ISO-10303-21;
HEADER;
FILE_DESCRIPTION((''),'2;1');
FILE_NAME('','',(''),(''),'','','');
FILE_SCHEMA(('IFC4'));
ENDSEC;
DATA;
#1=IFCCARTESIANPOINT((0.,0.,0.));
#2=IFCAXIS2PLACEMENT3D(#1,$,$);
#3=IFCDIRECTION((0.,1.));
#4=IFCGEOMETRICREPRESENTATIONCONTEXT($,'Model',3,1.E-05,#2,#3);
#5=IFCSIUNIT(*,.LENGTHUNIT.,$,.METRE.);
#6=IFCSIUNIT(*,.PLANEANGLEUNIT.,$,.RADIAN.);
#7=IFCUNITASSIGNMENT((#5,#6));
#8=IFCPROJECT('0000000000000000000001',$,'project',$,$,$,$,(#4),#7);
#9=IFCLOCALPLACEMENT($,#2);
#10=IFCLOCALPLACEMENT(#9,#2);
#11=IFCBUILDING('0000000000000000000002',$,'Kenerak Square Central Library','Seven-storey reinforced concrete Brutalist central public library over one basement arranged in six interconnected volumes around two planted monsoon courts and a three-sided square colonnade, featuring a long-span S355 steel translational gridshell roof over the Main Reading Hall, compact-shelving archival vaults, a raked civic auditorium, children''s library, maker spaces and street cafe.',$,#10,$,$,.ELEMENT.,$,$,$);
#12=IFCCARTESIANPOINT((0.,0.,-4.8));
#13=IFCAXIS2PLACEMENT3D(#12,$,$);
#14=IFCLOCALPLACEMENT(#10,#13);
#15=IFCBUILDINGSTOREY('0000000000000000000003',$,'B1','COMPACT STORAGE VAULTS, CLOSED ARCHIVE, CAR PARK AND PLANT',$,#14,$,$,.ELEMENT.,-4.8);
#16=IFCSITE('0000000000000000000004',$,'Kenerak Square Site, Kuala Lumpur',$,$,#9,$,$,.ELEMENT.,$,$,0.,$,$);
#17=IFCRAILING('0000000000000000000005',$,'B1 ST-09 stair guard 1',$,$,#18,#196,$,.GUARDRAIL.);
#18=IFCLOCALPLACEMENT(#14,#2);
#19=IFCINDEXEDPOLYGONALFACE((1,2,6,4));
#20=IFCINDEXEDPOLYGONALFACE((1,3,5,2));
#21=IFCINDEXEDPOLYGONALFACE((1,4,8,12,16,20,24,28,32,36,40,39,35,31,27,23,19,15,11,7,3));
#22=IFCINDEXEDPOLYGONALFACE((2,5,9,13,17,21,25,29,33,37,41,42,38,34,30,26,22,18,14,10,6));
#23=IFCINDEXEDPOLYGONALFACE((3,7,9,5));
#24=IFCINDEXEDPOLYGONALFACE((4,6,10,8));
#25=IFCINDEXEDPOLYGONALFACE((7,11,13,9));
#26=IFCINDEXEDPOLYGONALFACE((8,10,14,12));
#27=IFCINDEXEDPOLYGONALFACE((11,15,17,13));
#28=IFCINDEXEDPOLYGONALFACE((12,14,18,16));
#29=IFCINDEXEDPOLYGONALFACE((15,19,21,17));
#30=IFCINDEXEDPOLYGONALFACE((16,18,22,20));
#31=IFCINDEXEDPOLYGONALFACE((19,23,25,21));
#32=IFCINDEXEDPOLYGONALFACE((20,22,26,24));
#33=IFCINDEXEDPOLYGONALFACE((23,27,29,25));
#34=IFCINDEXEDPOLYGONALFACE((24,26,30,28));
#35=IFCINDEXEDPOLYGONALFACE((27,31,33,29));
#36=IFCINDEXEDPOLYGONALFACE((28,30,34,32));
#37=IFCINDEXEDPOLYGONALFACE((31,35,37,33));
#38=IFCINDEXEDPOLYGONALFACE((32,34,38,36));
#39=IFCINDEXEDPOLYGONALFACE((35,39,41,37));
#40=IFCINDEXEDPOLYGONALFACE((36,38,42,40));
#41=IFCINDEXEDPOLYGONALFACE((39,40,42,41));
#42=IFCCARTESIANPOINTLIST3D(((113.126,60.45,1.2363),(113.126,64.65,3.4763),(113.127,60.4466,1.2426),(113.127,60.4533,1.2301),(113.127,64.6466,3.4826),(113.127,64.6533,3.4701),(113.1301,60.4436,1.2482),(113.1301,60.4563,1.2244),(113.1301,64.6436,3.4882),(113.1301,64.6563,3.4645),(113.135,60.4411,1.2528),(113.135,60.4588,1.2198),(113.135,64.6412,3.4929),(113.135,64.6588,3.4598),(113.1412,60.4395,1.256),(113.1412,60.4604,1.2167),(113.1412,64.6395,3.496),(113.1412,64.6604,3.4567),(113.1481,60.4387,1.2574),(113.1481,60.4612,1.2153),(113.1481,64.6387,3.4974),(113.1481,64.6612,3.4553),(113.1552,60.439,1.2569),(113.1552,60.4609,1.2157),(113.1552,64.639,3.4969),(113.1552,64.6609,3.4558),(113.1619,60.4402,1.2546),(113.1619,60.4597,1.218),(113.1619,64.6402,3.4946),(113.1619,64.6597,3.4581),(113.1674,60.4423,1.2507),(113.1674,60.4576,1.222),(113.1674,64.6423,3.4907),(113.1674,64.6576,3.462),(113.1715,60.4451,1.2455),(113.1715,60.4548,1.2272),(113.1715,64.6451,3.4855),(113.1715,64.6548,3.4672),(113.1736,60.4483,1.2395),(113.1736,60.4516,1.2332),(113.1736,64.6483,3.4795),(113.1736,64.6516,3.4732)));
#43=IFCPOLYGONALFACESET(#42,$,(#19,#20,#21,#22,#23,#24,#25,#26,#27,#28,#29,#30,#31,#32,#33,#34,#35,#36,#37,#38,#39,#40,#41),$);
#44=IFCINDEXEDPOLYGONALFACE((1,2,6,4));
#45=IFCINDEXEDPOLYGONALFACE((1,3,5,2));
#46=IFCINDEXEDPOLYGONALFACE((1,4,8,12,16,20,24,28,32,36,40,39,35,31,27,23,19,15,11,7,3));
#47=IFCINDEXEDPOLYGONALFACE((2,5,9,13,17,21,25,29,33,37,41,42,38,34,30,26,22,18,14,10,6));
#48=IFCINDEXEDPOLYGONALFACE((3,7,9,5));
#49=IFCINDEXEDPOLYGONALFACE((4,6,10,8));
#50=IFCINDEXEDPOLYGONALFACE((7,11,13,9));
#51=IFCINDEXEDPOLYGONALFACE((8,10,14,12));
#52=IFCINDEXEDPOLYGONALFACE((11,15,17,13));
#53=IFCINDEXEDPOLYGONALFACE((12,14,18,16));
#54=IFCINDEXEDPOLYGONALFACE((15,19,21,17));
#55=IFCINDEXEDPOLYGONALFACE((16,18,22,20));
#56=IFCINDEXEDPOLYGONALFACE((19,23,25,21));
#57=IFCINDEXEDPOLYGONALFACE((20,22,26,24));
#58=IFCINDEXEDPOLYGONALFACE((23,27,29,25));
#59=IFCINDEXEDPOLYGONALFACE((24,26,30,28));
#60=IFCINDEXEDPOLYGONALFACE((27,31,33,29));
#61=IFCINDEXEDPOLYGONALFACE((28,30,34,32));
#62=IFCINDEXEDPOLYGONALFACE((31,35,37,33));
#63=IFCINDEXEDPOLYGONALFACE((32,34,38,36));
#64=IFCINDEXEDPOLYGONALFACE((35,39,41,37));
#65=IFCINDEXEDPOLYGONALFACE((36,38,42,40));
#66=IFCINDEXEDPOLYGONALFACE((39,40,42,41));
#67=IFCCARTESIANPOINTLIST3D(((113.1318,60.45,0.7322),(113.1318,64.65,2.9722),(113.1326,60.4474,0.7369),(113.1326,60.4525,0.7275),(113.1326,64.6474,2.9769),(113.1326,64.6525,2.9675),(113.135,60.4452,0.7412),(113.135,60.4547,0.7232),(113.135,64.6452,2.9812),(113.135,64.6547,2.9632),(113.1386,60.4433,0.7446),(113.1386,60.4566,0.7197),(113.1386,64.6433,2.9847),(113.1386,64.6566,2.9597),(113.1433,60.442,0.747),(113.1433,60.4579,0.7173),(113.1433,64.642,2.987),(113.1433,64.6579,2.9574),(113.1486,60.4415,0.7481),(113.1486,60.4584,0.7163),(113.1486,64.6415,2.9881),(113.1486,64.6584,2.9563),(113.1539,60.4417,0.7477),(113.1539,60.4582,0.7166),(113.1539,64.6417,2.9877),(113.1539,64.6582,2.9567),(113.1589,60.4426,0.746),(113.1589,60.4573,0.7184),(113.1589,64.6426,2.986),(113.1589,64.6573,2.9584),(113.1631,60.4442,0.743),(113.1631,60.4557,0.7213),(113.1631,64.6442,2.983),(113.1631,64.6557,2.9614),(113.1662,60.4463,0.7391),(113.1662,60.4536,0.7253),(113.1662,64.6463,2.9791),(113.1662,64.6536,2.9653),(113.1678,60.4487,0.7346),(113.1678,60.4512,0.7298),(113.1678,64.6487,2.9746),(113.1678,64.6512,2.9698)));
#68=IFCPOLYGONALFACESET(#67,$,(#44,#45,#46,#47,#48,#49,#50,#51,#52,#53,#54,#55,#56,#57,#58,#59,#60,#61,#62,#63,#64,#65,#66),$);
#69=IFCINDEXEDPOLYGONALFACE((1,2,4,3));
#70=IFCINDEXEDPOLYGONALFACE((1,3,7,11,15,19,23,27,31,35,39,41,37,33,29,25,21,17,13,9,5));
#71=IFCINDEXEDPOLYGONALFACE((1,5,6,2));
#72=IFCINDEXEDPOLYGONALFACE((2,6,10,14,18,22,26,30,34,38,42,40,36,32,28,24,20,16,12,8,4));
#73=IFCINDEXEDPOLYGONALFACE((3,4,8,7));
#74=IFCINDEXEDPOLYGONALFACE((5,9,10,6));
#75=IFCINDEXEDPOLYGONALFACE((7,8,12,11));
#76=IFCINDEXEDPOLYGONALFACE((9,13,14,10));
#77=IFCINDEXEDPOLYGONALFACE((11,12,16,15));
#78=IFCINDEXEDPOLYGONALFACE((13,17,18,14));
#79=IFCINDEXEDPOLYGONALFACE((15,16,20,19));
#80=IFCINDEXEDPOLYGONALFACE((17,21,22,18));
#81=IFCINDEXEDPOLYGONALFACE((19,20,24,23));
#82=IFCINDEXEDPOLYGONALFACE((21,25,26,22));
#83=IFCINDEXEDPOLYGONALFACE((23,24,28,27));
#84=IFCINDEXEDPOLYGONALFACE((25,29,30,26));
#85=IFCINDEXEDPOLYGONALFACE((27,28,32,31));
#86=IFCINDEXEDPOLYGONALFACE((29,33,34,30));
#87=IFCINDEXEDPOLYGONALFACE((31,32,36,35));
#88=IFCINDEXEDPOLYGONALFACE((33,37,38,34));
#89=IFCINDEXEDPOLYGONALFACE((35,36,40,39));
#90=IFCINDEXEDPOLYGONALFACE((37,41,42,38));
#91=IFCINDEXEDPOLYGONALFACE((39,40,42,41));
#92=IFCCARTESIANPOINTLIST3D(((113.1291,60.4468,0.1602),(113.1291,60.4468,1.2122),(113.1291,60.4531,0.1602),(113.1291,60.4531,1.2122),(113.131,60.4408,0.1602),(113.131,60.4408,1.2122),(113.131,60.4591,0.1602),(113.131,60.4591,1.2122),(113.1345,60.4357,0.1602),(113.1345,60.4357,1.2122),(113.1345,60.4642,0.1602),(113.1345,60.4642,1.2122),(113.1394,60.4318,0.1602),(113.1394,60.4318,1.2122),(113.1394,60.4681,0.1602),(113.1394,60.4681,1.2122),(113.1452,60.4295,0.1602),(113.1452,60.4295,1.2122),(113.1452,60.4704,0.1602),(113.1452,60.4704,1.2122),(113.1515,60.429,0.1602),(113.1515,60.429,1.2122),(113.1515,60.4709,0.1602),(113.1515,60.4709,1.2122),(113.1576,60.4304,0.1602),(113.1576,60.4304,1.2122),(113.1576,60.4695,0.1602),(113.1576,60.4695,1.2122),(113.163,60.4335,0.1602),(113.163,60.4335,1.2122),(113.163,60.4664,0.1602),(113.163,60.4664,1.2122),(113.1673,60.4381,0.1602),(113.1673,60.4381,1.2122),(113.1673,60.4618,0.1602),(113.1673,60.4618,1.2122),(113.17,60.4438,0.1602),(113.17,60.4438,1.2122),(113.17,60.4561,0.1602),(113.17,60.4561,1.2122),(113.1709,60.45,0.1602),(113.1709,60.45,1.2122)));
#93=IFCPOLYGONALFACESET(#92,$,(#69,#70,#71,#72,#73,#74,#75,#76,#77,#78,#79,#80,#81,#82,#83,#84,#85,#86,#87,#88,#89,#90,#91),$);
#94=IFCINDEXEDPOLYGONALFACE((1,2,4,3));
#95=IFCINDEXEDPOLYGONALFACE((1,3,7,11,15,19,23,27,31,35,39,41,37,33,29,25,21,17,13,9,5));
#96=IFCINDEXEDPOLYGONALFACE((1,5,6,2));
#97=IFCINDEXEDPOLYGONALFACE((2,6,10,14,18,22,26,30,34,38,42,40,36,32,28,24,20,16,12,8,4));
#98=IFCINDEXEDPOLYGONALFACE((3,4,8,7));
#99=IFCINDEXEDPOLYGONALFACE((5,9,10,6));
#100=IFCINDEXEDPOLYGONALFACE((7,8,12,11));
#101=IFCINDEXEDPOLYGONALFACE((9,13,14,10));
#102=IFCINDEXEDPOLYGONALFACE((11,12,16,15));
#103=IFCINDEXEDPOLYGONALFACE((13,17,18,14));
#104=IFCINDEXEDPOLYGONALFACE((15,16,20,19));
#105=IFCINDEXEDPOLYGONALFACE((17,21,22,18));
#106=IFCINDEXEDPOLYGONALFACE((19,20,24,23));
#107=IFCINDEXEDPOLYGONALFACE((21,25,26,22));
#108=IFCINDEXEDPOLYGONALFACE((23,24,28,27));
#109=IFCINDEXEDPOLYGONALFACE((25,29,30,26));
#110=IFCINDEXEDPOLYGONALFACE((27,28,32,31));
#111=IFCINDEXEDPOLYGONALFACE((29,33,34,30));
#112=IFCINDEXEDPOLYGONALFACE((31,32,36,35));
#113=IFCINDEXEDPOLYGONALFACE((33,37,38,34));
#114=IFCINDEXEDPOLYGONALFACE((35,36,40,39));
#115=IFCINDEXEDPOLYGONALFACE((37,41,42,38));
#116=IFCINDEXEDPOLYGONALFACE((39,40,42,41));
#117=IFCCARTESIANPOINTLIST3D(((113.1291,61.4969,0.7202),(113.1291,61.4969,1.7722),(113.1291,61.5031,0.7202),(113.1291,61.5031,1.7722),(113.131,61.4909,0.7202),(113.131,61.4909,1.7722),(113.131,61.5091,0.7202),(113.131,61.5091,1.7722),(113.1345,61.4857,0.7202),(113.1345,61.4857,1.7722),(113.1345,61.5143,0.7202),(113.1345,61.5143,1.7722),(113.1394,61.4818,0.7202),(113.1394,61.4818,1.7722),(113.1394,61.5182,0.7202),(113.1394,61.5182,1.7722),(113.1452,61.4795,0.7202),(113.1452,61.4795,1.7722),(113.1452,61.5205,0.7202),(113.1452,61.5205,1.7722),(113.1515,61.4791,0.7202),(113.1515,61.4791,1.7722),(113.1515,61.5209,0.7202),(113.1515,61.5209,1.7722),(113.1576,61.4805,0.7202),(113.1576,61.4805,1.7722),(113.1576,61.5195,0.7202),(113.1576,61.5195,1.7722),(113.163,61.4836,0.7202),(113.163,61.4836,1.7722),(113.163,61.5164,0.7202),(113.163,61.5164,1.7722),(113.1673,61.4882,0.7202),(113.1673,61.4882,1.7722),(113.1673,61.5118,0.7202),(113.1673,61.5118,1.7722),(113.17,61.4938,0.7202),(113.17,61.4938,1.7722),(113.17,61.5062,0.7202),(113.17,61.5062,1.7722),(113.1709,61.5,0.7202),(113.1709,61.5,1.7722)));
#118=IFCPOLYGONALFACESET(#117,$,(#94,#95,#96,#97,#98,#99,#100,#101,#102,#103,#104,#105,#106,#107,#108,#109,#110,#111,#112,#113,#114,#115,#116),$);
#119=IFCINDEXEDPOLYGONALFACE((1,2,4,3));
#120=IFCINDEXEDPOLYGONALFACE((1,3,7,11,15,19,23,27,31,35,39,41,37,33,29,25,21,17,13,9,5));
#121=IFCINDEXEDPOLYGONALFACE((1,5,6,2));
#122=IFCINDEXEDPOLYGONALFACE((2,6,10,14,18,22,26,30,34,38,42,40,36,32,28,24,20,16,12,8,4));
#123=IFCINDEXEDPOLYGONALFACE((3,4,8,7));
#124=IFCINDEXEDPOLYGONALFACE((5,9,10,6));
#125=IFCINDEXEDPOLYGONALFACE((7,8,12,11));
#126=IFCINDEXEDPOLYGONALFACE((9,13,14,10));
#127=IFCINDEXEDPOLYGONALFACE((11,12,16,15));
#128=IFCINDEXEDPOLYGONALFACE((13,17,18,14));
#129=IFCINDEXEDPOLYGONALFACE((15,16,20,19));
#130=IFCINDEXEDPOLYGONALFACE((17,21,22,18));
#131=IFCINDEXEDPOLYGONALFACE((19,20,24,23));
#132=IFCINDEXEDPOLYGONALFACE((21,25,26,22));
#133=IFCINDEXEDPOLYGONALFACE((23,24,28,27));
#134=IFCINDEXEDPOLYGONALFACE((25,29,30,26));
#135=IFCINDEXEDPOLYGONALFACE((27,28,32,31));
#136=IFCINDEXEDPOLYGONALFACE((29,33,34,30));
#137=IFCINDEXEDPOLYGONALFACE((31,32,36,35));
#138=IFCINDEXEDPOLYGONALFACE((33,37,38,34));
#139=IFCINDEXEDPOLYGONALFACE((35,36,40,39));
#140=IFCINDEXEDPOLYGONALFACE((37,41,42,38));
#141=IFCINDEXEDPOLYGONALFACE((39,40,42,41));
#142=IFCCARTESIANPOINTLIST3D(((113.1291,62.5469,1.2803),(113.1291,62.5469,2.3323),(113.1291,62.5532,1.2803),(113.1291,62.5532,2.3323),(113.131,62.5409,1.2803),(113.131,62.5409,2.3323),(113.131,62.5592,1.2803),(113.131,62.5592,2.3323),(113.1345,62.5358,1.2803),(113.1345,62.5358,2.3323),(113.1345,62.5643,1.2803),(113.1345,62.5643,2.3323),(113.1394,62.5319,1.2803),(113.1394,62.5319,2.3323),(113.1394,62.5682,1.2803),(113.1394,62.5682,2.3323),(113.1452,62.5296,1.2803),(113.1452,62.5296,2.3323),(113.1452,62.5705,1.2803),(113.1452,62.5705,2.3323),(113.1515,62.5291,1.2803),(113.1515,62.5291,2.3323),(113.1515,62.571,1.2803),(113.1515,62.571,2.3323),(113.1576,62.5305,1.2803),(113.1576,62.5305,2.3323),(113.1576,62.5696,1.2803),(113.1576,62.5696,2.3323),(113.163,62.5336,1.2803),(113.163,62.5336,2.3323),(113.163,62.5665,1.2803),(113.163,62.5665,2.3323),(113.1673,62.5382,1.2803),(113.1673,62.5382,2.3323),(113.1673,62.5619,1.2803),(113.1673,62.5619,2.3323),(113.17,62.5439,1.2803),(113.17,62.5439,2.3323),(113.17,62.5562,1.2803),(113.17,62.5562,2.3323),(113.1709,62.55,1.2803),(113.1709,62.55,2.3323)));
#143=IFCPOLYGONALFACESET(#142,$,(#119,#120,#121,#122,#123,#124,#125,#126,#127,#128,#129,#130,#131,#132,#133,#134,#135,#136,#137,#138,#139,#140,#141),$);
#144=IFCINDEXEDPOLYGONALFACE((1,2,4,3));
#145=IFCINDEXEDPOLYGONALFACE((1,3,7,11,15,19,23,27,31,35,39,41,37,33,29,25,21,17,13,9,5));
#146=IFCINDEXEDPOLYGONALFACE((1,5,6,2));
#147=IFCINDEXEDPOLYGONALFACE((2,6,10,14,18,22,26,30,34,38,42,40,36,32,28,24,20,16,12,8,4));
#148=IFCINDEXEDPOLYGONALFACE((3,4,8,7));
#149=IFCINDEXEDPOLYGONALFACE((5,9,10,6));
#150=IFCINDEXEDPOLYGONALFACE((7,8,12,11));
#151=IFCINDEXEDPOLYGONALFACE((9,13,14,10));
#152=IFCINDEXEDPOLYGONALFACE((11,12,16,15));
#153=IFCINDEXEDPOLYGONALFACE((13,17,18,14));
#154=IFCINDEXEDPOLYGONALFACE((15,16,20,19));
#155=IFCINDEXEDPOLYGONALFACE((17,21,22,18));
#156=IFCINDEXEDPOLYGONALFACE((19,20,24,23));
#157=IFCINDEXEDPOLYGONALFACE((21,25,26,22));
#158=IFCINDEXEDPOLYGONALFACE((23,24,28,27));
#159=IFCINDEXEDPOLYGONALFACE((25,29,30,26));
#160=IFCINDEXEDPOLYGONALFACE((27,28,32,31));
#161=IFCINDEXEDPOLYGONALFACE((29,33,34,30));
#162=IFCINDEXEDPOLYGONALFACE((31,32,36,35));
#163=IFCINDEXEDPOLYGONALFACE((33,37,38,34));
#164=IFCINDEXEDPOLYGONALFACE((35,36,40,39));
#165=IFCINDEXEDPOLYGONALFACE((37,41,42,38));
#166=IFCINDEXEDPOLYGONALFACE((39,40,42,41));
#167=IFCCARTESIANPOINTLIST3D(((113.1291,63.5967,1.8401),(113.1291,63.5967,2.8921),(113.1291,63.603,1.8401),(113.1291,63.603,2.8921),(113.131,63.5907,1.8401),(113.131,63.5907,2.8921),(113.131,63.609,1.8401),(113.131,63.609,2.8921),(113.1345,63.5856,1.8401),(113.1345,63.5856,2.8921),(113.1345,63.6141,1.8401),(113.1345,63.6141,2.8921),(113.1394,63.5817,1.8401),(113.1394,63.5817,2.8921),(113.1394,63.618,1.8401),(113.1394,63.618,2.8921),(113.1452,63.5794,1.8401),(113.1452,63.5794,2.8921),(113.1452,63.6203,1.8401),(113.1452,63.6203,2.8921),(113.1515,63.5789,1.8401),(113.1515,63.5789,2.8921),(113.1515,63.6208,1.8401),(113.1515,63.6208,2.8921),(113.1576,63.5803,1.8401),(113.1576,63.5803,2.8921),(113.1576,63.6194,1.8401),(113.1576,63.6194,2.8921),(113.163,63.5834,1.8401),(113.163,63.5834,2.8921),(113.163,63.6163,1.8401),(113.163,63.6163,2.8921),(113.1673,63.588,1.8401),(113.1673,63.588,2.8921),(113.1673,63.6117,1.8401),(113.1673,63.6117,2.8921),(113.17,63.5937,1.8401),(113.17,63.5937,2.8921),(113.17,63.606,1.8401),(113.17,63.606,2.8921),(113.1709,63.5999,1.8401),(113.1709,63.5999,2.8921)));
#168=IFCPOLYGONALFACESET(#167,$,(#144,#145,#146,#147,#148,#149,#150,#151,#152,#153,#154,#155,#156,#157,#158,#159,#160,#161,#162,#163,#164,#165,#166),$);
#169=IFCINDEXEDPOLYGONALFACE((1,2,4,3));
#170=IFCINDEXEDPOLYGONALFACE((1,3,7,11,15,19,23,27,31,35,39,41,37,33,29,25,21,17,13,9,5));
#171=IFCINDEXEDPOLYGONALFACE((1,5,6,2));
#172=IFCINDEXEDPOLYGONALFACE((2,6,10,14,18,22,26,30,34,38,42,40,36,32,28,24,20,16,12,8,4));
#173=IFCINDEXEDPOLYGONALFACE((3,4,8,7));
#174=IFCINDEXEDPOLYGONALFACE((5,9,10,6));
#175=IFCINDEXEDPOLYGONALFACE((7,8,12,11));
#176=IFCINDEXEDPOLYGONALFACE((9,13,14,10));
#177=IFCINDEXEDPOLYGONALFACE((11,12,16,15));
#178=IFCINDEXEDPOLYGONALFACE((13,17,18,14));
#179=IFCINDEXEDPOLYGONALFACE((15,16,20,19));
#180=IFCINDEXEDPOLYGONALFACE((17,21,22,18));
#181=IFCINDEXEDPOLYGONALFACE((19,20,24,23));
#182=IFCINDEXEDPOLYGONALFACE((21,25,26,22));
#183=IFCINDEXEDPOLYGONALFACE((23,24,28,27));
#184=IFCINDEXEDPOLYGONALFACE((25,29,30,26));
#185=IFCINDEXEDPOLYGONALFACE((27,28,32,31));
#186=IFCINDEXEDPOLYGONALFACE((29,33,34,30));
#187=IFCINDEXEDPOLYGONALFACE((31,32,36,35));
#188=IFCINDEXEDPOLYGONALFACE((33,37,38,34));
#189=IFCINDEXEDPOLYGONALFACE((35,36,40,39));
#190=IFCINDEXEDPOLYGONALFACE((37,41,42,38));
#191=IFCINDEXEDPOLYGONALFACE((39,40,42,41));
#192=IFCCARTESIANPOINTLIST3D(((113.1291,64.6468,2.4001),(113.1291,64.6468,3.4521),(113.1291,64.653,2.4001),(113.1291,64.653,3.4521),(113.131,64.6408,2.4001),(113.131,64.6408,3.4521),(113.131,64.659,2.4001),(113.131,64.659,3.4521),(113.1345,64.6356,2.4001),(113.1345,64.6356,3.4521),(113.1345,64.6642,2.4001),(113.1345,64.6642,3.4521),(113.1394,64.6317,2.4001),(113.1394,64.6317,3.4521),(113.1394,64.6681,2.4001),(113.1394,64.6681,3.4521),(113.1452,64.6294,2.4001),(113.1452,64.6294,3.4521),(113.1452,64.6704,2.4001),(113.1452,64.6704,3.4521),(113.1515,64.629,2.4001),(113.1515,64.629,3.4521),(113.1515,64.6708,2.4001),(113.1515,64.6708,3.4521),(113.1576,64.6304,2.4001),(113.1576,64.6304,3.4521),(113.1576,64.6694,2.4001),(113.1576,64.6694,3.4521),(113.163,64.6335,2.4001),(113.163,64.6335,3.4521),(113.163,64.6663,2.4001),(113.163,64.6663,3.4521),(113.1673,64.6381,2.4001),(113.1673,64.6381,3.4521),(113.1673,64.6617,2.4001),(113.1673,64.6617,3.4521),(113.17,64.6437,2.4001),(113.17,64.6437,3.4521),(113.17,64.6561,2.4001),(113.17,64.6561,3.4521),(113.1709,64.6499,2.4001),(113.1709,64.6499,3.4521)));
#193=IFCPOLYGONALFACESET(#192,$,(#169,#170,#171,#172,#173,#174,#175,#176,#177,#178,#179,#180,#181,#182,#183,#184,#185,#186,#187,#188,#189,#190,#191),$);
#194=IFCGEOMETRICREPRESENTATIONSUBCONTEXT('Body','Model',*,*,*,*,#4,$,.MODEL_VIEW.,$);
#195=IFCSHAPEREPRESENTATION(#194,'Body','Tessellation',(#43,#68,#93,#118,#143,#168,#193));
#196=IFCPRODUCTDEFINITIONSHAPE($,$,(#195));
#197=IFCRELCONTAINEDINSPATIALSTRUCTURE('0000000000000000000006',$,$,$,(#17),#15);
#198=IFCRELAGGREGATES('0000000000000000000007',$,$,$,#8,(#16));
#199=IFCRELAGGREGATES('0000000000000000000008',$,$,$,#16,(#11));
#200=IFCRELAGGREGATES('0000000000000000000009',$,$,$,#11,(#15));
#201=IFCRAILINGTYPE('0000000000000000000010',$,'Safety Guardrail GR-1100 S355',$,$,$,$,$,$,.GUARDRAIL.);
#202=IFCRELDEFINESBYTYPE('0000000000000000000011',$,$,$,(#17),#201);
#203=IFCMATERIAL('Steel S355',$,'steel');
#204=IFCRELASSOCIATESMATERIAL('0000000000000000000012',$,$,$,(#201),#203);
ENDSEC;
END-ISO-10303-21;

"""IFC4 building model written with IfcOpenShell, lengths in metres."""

from ifc_helpers import new_model, si_unit, direction, frame, origin, origin_2d, place, context, subcontext, project, spatial, circle, extrude, material, type_object, element, save


model = new_model("IFC4")

# Units and contexts
model_context = context("Model", 3, precision=1e-05, world=origin(), true_north=direction((0.0, 1.0)))
body_context = subcontext(model_context, "Body", "Model", "MODEL_VIEW")
ifc_project = project(units=[si_unit("LENGTHUNIT", "METRE"), si_unit("PLANEANGLEUNIT", "RADIAN")], contexts=[model_context])

# Site, building, storey
site_placement = place(None, origin())
site = spatial("IfcSite", under=ifc_project, at=site_placement, Name="Kenerak Square Site, Kuala Lumpur", CompositionType="ELEMENT", RefElevation=0.0)
building_placement = place(site_placement, origin())
building = spatial("IfcBuilding", under=site, at=building_placement, Name="Kenerak Square Central Library", Description="Seven-storey reinforced concrete Brutalist central public library over one basement arranged in six interconnected volumes around two planted monsoon courts and a three-sided square colonnade, featuring a long-span S355 steel translational gridshell roof over the Main Reading Hall, compact-shelving archival vaults, a raked civic auditorium, children's library, maker spaces and street cafe.", CompositionType="ELEMENT")
storey_placement = place(building_placement, frame((0.0, 0.0, -4.8)))
storey = spatial("IfcBuildingStorey", under=building, at=storey_placement, Name="B1", Description="COMPACT STORAGE VAULTS, CLOSED ARCHIVE, CAR PARK AND PLANT", CompositionType="ELEMENT", Elevation=-4.8)

# Railing
ifc_material_1 = material(Name="Steel S355", Category="steel")
railing_type_1 = type_object("IfcRailingType", Name="Safety Guardrail GR-1100 S355", PredefinedType="GUARDRAIL", material=ifc_material_1)
railing_1_placement = place(storey_placement, frame((113.1499, 60.45, 0.1602)))
element("IfcRailing", 1, at=railing_1_placement, inside=storey, type_object=railing_type_1, Name="B1 ST-09 stair guard 1", PredefinedType="GUARDRAIL", context=body_context, shape_type="SweptSolid", body=[
    extrude(circle(Radius=0.0239, at=origin_2d()), frame((0.0, 0.0, 1.0762), z_axis=(0.0, 0.882352, 0.470591), x_axis=(-1.0, 0.0, 0.0)), (0.0, 0.0, 1.0), 4.76),
    extrude(circle(Radius=0.0181, at=origin_2d()), frame((0.0, 0.0, 0.572), z_axis=(0.0, 0.882352, 0.470591), x_axis=(-1.0, 0.0, 0.0)), (0.0, 0.0, 1.0), 4.76),
    extrude(circle(Radius=0.021, at=origin_2d()), origin(), (0.0, 0.0, 1.0), 1.052),
    extrude(circle(Radius=0.021, at=origin_2d()), frame((0.0, 1.05, 0.5601)), (0.0, 0.0, 1.0), 1.052),
    extrude(circle(Radius=0.021, at=origin_2d()), frame((0.0, 2.1001, 1.1201)), (0.0, 0.0, 1.0), 1.052),
    extrude(circle(Radius=0.021, at=origin_2d()), frame((0.0, 3.1499, 1.6799)), (0.0, 0.0, 1.0), 1.052),
    extrude(circle(Radius=0.021, at=origin_2d()), frame((0.0, 4.2, 2.24)), (0.0, 0.0, 1.0), 1.052),
])

save(model, "model.ifc")
